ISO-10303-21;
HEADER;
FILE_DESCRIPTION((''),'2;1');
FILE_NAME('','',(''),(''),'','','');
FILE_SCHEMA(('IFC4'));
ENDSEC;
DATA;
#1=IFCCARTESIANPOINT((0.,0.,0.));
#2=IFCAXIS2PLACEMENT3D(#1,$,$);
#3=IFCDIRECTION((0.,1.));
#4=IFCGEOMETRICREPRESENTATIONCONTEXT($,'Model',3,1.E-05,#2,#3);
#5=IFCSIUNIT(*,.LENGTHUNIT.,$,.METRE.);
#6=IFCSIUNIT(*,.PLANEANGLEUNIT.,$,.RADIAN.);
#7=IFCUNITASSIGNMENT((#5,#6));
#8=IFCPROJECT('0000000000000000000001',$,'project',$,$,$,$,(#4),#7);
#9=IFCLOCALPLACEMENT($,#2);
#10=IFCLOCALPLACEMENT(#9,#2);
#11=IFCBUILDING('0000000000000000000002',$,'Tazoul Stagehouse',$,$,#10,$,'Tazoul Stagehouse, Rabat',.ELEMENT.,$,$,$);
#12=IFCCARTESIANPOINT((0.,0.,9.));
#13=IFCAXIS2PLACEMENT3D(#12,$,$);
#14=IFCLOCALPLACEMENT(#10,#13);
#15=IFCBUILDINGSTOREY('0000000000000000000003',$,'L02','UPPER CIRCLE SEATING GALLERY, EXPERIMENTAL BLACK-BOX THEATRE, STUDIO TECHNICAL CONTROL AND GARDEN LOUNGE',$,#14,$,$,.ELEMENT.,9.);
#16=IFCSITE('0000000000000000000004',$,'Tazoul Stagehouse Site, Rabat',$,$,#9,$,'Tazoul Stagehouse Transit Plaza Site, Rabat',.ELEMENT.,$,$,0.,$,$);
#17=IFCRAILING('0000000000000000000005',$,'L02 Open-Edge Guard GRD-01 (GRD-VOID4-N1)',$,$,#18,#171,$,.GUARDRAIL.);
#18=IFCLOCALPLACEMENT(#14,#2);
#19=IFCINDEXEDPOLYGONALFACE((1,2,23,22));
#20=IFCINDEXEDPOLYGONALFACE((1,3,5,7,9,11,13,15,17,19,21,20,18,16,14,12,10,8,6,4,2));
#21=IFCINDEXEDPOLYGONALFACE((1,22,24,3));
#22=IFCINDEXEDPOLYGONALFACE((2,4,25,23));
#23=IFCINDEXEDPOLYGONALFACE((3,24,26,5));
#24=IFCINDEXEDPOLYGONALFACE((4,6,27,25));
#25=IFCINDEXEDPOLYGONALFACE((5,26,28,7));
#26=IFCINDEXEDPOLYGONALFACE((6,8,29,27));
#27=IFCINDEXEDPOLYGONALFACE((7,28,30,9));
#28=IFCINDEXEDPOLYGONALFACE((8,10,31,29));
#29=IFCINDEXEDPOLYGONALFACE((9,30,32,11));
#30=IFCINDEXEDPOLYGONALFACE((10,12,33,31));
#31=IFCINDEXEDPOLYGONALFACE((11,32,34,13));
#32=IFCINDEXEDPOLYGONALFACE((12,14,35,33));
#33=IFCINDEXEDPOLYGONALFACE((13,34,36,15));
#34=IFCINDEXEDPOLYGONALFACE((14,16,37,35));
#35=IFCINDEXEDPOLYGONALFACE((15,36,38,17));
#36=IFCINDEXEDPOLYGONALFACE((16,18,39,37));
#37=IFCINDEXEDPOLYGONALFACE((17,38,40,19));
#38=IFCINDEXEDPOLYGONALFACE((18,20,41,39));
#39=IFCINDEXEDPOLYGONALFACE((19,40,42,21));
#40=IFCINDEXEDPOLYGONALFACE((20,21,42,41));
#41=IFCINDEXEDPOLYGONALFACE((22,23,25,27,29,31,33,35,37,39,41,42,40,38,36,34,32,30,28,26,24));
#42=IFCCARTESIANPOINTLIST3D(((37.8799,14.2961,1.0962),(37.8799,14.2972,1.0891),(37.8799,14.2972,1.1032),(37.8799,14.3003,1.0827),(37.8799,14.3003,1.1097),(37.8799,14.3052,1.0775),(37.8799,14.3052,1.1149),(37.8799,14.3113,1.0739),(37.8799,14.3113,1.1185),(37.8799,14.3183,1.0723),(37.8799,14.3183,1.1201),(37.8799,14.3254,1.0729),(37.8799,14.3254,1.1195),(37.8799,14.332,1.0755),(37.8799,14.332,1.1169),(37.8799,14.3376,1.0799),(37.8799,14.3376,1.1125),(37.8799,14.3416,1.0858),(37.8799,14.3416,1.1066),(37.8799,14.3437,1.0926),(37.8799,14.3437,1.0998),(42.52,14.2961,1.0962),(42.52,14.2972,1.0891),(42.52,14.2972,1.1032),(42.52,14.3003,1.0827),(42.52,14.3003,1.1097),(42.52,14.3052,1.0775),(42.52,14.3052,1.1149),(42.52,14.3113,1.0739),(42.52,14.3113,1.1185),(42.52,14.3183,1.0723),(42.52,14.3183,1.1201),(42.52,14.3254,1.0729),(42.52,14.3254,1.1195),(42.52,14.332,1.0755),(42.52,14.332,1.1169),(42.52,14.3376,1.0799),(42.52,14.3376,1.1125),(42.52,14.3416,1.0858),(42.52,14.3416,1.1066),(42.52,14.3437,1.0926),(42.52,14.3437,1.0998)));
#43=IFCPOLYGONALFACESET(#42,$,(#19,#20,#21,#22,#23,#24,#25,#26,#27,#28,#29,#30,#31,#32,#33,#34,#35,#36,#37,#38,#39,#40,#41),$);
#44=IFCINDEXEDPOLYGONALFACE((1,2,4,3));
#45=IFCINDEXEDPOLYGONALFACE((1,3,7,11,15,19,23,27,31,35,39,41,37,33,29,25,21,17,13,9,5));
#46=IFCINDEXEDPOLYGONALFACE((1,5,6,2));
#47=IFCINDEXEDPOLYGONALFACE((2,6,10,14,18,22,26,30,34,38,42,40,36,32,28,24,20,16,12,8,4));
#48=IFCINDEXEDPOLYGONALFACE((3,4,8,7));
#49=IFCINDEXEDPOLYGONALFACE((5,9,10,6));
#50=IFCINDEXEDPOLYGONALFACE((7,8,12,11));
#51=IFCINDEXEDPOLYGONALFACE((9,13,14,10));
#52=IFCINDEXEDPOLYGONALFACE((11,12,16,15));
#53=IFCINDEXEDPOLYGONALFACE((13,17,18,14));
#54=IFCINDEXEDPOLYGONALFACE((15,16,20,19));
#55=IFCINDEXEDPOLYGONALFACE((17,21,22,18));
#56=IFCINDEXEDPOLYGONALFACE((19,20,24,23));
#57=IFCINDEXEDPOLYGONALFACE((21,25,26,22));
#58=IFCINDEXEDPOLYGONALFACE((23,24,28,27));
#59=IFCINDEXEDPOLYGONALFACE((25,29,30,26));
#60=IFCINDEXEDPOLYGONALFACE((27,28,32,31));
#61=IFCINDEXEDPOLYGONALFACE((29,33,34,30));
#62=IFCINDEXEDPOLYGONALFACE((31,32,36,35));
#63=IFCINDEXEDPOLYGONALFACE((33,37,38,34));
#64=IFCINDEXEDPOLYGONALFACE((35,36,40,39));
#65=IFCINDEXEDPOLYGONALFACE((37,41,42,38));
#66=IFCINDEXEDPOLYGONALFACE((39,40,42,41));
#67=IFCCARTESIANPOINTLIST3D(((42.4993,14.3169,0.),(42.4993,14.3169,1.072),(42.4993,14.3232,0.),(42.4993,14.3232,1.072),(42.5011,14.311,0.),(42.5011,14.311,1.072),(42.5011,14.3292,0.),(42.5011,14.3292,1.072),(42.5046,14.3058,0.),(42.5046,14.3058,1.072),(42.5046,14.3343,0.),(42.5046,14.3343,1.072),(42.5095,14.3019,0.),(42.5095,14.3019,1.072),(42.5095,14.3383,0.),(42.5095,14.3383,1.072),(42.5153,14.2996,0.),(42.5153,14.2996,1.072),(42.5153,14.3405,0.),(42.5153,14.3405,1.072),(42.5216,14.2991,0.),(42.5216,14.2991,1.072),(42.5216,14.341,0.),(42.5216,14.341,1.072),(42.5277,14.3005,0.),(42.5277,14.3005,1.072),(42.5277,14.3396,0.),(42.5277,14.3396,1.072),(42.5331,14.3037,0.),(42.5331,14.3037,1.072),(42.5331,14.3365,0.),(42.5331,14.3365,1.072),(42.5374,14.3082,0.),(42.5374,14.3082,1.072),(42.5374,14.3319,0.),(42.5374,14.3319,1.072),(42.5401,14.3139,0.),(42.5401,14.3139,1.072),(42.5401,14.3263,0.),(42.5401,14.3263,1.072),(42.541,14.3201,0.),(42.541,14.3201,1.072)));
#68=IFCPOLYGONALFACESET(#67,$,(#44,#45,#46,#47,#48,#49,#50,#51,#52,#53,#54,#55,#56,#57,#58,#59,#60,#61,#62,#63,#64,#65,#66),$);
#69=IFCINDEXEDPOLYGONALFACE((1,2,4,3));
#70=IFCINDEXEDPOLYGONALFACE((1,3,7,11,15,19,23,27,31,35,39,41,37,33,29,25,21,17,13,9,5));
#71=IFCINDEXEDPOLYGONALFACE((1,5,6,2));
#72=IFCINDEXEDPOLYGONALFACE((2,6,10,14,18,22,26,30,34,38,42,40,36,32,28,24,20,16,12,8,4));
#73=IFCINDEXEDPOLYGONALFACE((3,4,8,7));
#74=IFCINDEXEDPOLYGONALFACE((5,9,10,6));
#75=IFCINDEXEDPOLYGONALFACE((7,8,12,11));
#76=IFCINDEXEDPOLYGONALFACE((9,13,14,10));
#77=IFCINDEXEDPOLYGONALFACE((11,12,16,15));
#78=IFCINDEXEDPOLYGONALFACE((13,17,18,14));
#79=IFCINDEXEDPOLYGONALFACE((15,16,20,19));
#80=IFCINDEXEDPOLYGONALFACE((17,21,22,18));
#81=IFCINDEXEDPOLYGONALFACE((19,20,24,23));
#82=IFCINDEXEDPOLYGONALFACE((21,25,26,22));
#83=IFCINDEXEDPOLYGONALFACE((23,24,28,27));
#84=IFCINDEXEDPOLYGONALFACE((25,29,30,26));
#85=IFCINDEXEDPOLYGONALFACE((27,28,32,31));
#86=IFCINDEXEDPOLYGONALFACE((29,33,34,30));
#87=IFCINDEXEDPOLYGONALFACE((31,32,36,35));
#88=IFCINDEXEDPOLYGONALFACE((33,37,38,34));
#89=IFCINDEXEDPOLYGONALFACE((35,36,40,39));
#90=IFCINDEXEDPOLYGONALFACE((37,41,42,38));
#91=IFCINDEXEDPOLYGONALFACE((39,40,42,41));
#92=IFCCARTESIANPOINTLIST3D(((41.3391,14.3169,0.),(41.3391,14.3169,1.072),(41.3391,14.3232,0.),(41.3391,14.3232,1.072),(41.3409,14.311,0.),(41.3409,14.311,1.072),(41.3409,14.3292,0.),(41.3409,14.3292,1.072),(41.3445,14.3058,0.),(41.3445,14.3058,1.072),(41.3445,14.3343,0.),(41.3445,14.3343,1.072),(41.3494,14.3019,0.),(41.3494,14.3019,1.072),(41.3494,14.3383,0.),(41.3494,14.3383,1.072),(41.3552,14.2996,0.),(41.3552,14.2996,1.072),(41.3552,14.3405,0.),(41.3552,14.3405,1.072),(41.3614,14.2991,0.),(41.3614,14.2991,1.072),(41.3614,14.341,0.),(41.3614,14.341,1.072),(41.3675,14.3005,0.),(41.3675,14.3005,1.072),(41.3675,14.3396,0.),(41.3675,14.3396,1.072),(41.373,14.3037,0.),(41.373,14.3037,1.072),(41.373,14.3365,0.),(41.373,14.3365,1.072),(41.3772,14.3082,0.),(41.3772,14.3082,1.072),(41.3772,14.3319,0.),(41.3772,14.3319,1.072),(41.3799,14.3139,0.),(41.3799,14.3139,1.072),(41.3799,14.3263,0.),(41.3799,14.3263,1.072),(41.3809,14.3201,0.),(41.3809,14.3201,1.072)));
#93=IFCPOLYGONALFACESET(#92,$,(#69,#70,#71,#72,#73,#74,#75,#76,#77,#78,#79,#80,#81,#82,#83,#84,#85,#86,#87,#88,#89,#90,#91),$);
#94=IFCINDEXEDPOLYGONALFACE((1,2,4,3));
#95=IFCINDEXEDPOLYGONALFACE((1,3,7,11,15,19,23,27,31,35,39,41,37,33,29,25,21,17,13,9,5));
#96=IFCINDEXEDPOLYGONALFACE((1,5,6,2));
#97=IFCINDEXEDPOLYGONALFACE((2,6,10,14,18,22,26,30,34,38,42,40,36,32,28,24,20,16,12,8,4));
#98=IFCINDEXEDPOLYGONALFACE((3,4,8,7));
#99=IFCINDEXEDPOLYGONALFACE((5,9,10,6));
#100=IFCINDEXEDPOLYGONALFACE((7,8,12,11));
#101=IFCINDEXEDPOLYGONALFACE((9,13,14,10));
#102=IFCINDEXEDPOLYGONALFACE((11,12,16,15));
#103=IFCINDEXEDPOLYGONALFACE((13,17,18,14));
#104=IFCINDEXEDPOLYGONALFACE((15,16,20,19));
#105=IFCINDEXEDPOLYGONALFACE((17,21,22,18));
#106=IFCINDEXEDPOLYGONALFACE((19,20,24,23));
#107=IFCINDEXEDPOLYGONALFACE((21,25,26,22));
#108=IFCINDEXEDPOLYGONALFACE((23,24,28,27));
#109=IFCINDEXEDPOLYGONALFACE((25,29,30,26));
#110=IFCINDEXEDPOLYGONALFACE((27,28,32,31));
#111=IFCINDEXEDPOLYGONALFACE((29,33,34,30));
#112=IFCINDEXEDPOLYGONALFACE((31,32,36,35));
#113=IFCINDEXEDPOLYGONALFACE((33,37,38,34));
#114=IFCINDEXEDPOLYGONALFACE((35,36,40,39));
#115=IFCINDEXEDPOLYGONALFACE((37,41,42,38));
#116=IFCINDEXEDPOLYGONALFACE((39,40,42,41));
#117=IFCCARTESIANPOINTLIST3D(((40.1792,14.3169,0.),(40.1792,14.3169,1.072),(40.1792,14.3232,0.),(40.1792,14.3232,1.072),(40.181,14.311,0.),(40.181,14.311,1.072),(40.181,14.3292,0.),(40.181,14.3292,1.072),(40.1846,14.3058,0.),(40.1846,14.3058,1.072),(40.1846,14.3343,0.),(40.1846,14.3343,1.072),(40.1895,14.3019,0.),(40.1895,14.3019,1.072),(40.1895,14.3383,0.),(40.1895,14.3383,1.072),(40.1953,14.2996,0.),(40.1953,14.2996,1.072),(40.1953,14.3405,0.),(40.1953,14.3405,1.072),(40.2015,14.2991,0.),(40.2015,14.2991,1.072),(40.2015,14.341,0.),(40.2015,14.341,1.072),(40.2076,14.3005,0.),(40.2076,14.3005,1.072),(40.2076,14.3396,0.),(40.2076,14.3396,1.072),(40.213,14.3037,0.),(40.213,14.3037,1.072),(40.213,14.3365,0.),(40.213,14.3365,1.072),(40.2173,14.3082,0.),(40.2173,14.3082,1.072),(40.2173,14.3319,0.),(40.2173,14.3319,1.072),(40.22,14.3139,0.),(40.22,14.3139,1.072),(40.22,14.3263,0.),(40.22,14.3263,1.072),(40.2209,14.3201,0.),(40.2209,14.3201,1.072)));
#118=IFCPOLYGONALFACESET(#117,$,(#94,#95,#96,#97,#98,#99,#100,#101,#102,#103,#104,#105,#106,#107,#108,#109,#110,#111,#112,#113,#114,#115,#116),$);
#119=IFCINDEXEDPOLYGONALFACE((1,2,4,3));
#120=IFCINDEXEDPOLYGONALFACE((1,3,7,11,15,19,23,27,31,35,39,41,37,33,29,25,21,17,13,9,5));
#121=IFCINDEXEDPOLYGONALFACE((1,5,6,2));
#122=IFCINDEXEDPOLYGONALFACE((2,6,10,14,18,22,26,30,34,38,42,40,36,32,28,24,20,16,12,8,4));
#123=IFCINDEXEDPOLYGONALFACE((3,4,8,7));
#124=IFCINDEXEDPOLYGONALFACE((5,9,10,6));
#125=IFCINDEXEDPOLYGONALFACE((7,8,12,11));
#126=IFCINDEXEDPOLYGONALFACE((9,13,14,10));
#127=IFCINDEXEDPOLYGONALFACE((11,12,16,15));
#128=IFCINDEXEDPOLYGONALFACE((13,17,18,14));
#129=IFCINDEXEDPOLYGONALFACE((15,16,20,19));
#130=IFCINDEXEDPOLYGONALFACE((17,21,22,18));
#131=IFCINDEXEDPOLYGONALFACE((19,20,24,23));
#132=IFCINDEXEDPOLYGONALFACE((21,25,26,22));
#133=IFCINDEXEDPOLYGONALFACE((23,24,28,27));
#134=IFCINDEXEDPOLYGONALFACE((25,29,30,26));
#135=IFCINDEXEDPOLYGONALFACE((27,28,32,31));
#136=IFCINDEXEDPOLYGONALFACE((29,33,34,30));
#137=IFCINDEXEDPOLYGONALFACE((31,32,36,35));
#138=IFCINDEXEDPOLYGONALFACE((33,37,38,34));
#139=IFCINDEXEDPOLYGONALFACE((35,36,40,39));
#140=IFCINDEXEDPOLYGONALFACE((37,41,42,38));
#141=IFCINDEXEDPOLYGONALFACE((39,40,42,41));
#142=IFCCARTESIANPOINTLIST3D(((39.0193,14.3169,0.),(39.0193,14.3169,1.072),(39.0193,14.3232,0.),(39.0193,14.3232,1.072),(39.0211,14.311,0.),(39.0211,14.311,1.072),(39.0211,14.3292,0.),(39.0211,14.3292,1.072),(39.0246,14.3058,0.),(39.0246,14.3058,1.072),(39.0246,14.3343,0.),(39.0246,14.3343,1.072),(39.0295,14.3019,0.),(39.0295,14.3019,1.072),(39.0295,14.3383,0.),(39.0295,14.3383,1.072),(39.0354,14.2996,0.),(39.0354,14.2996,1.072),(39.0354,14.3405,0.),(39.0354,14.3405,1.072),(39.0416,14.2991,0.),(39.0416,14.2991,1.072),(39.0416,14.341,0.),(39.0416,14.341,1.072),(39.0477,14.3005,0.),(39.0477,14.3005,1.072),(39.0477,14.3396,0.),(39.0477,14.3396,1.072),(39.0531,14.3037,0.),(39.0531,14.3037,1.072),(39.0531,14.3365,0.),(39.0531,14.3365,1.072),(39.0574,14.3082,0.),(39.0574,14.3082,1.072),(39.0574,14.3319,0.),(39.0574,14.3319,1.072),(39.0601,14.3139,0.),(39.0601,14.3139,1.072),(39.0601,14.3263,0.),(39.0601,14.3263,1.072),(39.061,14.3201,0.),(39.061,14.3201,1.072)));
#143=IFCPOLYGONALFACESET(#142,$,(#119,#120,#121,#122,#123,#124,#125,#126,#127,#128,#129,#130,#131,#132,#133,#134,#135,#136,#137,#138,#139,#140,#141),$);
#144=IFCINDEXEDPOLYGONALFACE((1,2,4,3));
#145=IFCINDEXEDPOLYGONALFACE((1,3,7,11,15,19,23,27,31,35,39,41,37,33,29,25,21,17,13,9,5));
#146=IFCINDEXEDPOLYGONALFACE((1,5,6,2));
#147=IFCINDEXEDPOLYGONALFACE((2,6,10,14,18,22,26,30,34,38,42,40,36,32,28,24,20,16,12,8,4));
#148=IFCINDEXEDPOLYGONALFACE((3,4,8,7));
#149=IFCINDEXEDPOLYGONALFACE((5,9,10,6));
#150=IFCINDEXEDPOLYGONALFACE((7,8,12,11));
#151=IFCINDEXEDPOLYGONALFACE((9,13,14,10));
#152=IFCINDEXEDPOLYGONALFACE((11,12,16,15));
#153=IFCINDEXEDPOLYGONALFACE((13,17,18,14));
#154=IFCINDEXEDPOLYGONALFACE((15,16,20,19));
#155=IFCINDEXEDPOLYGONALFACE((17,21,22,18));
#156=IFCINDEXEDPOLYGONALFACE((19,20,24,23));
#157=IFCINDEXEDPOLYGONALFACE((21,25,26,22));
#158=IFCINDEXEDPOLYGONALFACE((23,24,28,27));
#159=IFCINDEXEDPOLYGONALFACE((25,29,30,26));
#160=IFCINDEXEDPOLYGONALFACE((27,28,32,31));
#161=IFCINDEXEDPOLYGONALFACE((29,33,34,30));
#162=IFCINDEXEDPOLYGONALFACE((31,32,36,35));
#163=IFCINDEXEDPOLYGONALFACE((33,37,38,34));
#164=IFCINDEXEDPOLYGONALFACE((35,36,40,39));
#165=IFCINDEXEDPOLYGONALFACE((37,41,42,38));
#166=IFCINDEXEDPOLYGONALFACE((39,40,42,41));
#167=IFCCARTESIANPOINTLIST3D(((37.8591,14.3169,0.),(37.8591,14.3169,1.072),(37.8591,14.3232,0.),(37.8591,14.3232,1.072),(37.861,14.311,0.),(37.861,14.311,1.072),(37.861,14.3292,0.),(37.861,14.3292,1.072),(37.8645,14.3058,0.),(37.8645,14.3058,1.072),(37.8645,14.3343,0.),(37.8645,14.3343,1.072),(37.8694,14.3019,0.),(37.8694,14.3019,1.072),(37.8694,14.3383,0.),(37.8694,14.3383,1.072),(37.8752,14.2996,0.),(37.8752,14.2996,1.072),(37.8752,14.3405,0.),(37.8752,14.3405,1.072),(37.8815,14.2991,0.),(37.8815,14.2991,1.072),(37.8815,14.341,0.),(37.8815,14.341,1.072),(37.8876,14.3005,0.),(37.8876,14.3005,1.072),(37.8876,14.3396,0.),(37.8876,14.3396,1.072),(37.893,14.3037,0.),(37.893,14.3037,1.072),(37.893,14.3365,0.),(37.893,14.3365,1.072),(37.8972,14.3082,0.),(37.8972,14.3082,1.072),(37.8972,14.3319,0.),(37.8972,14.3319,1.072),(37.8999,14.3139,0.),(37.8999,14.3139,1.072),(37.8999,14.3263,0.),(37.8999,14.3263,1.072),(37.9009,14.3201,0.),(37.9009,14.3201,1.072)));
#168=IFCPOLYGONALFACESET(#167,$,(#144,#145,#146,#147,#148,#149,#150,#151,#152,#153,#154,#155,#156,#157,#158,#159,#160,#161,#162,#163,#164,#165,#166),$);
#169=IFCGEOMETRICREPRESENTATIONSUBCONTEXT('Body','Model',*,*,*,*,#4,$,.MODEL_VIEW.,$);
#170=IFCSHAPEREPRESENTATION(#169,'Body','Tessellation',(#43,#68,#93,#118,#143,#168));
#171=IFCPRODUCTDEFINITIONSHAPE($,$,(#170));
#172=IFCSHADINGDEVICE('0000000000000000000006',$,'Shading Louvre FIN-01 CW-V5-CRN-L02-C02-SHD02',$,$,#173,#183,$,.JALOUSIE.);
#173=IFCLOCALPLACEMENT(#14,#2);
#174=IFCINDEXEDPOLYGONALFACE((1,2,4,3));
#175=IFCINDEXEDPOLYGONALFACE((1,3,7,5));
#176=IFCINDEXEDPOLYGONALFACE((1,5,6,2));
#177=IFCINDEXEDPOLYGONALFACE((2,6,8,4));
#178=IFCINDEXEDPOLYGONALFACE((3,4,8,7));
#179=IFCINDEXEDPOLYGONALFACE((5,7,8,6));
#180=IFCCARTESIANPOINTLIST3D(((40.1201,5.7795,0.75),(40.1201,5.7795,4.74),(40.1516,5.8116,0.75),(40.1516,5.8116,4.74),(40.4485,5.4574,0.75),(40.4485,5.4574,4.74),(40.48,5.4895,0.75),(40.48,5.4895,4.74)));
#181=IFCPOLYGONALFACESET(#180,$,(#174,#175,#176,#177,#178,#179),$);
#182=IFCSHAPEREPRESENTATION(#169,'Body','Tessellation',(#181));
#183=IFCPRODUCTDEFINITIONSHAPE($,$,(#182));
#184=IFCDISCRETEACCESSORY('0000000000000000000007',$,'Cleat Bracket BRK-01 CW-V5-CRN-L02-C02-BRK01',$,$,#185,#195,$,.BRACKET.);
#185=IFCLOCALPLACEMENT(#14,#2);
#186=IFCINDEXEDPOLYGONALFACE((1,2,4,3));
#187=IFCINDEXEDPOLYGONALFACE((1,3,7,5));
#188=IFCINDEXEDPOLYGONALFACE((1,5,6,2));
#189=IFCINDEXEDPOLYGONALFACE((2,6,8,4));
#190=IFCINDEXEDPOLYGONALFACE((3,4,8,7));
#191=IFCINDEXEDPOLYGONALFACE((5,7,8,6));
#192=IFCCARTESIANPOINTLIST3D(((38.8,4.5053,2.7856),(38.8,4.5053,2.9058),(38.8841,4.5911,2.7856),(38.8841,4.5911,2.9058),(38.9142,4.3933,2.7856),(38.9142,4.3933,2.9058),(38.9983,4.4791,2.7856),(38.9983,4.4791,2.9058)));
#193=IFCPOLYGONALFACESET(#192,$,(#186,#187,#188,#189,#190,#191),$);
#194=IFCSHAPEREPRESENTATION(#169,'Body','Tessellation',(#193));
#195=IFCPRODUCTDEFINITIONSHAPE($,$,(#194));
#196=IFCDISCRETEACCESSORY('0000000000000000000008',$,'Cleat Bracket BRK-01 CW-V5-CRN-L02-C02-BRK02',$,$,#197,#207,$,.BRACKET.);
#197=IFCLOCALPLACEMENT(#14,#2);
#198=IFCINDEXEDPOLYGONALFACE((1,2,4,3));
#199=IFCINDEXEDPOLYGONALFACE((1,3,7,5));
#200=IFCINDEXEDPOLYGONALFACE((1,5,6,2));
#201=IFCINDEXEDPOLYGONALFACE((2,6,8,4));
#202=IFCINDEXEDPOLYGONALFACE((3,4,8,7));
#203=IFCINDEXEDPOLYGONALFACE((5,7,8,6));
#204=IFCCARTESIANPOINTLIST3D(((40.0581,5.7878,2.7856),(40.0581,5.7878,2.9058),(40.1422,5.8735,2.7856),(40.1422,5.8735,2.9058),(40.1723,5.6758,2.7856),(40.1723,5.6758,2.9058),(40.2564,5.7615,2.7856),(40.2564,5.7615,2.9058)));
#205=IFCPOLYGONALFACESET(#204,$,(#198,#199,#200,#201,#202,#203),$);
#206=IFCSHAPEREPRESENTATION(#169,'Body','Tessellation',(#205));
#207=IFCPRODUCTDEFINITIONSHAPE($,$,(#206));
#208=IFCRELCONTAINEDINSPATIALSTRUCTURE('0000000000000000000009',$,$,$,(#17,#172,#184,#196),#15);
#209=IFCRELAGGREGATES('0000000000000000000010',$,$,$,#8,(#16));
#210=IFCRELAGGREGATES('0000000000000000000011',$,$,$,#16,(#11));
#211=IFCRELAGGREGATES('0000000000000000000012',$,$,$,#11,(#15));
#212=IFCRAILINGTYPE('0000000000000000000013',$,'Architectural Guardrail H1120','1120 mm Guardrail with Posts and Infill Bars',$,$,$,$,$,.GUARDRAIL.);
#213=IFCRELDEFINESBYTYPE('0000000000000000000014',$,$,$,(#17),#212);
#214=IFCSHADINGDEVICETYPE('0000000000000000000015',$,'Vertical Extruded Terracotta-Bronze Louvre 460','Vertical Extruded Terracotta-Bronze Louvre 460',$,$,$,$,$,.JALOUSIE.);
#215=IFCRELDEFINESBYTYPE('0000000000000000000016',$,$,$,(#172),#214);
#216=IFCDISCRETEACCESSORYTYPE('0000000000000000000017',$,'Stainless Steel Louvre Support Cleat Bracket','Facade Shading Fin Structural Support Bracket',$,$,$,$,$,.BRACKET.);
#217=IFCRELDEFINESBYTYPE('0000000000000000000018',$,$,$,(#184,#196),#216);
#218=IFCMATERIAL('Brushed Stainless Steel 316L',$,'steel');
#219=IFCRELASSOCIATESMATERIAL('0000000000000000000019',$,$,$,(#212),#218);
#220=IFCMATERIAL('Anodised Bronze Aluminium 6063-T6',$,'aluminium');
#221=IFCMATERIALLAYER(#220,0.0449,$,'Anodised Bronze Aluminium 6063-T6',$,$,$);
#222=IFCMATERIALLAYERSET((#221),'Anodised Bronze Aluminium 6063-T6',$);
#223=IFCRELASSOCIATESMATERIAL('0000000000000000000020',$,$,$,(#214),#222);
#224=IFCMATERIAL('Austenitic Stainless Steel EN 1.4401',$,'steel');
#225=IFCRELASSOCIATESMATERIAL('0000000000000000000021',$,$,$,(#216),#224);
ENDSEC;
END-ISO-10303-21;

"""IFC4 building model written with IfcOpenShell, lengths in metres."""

from ifc_helpers import new_model, si_unit, direction, frame, origin, origin_2d, place, context, subcontext, project, spatial, rectangle, circle, extrude, material, layer, layer_set, material_profile, profile_set, type_object, element, save


model = new_model("IFC4")

# Units and contexts
model_context = context("Model", 3, precision=1e-05, world=origin(), true_north=direction((0.0, 1.0)))
body_context = subcontext(model_context, "Body", "Model", "MODEL_VIEW")
ifc_project = project(units=[si_unit("LENGTHUNIT", "METRE"), si_unit("PLANEANGLEUNIT", "RADIAN")], contexts=[model_context])

# Site, building, storey
site_placement = place(None, origin())
site = spatial("IfcSite", under=ifc_project, at=site_placement, Name="Tazoul Stagehouse Site, Rabat", LongName="Tazoul Stagehouse Transit Plaza Site, Rabat", CompositionType="ELEMENT", RefElevation=0.0)
building_placement = place(site_placement, origin())
building = spatial("IfcBuilding", under=site, at=building_placement, Name="Tazoul Stagehouse", LongName="Tazoul Stagehouse, Rabat", CompositionType="ELEMENT")
storey_placement = place(building_placement, frame((0.0, 0.0, 9.0)))
storey = spatial("IfcBuildingStorey", under=building, at=storey_placement, Name="L02", Description="UPPER CIRCLE SEATING GALLERY, EXPERIMENTAL BLACK-BOX THEATRE, STUDIO TECHNICAL CONTROL AND GARDEN LOUNGE", CompositionType="ELEMENT", Elevation=9.0)

# Shared definitions
ifc_material_1 = material(Name="Anodised Bronze Aluminium 6063-T6", Category="aluminium")

# Railing
ifc_material_2 = material(Name="Brushed Stainless Steel 316L", Category="steel")
ifc_material_profile_1 = material_profile(ifc_material_2, circle(Radius=0.0239, at=origin_2d()), Name="SS RAIL D48")
ifc_profile_set_1 = profile_set([ifc_material_profile_1], Name="Brushed Stainless Steel 316L")
railing_type = type_object("IfcRailingType", Name="Architectural Guardrail H1120", Description="1120 mm Guardrail with Posts and Infill Bars", PredefinedType="GUARDRAIL", material=ifc_profile_set_1)
railing_1_placement = place(storey_placement, frame((42.52, 14.3201, 0.0)))
element("IfcRailing", 1, at=railing_1_placement, inside=storey, type_object=railing_type, Name="L02 Open-Edge Guard GRD-01 (GRD-VOID4-N1)", PredefinedType="GUARDRAIL", context=body_context, shape_type="SweptSolid", body=[
    extrude(circle(Radius=0.0239, at=origin_2d()), frame((0.0, 0.0, 1.0962), z_axis=(-1.0, 0.0, 0.0), x_axis=(0.0, -1.0, 0.0)), (0.0, 0.0, 1.0), 4.6401),
    extrude(circle(Radius=0.021, at=origin_2d()), origin(), (0.0, 0.0, 1.0), 1.072),
    extrude(circle(Radius=0.021, at=origin_2d()), frame((-1.1602, 0.0, 0.0)), (0.0, 0.0, 1.0), 1.072),
    extrude(circle(Radius=0.021, at=origin_2d()), frame((-2.3201, 0.0, 0.0)), (0.0, 0.0, 1.0), 1.072),
    extrude(circle(Radius=0.021, at=origin_2d()), frame((-3.48, 0.0, 0.0)), (0.0, 0.0, 1.0), 1.072),
    extrude(circle(Radius=0.021, at=origin_2d()), frame((-4.6401, 0.0, 0.0)), (0.0, 0.0, 1.0), 1.072),
])

# Shading device
ifc_layer_1 = layer(ifc_material_1, 0.0449, Name="Anodised Bronze Aluminium 6063-T6")
ifc_layer_set_1 = layer_set([ifc_layer_1], Name="Anodised Bronze Aluminium 6063-T6")
shading_device_type_1 = type_object("IfcShadingDeviceType", Name="Vertical Extruded Terracotta-Bronze Louvre 460", Description="Vertical Extruded Terracotta-Bronze Louvre 460", PredefinedType="JALOUSIE", material=ifc_layer_set_1)
shading_device_1_placement = place(storey_placement, frame((40.3, 5.6345, 0.75), z_axis=(0.0, 0.0, 1.0), x_axis=(0.700247, 0.713901, 0.0)))
element("IfcShadingDevice", 2, at=shading_device_1_placement, inside=storey, type_object=shading_device_type_1, Name="Shading Louvre FIN-01 CW-V5-CRN-L02-C02-SHD02", PredefinedType="JALOUSIE", context=body_context, shape_type="SweptSolid", body=[
    extrude(rectangle(XDim=0.0449, YDim=0.46, at=origin_2d()), origin(), (0.0, 0.0, 1.0), 3.99),
])

# Discrete accessories
ifc_material_3 = material(Name="Austenitic Stainless Steel EN 1.4401", Category="steel")
discrete_accessory_type = type_object("IfcDiscreteAccessoryType", Name="Stainless Steel Louvre Support Cleat Bracket", Description="Facade Shading Fin Structural Support Bracket", PredefinedType="BRACKET", material=ifc_material_3)
for number, where, z_axis, x_axis, name in (
    (3, (38.8992, 4.4922, 2.7856), (0.0, 0.0, 1.0), (0.700247, 0.713901, 0.0), "Cleat Bracket BRK-01 CW-V5-CRN-L02-C02-BRK01"),
    (4, (40.1572, 5.7747, 2.7856), (0.0, 0.0, 1.0), (0.700247, 0.713901, 0.0), "Cleat Bracket BRK-01 CW-V5-CRN-L02-C02-BRK02"),
):
    element("IfcDiscreteAccessory", number, at=place(storey_placement, frame(where, z_axis=z_axis, x_axis=x_axis)), inside=storey, type_object=discrete_accessory_type, Name=name, PredefinedType="BRACKET", context=body_context, shape_type="SweptSolid", body=[
        extrude(rectangle(XDim=0.1201, YDim=0.1599, at=origin_2d()), origin(), (0.0, 0.0, 1.0), 0.1201),
    ])

save(model, "model.ifc")
